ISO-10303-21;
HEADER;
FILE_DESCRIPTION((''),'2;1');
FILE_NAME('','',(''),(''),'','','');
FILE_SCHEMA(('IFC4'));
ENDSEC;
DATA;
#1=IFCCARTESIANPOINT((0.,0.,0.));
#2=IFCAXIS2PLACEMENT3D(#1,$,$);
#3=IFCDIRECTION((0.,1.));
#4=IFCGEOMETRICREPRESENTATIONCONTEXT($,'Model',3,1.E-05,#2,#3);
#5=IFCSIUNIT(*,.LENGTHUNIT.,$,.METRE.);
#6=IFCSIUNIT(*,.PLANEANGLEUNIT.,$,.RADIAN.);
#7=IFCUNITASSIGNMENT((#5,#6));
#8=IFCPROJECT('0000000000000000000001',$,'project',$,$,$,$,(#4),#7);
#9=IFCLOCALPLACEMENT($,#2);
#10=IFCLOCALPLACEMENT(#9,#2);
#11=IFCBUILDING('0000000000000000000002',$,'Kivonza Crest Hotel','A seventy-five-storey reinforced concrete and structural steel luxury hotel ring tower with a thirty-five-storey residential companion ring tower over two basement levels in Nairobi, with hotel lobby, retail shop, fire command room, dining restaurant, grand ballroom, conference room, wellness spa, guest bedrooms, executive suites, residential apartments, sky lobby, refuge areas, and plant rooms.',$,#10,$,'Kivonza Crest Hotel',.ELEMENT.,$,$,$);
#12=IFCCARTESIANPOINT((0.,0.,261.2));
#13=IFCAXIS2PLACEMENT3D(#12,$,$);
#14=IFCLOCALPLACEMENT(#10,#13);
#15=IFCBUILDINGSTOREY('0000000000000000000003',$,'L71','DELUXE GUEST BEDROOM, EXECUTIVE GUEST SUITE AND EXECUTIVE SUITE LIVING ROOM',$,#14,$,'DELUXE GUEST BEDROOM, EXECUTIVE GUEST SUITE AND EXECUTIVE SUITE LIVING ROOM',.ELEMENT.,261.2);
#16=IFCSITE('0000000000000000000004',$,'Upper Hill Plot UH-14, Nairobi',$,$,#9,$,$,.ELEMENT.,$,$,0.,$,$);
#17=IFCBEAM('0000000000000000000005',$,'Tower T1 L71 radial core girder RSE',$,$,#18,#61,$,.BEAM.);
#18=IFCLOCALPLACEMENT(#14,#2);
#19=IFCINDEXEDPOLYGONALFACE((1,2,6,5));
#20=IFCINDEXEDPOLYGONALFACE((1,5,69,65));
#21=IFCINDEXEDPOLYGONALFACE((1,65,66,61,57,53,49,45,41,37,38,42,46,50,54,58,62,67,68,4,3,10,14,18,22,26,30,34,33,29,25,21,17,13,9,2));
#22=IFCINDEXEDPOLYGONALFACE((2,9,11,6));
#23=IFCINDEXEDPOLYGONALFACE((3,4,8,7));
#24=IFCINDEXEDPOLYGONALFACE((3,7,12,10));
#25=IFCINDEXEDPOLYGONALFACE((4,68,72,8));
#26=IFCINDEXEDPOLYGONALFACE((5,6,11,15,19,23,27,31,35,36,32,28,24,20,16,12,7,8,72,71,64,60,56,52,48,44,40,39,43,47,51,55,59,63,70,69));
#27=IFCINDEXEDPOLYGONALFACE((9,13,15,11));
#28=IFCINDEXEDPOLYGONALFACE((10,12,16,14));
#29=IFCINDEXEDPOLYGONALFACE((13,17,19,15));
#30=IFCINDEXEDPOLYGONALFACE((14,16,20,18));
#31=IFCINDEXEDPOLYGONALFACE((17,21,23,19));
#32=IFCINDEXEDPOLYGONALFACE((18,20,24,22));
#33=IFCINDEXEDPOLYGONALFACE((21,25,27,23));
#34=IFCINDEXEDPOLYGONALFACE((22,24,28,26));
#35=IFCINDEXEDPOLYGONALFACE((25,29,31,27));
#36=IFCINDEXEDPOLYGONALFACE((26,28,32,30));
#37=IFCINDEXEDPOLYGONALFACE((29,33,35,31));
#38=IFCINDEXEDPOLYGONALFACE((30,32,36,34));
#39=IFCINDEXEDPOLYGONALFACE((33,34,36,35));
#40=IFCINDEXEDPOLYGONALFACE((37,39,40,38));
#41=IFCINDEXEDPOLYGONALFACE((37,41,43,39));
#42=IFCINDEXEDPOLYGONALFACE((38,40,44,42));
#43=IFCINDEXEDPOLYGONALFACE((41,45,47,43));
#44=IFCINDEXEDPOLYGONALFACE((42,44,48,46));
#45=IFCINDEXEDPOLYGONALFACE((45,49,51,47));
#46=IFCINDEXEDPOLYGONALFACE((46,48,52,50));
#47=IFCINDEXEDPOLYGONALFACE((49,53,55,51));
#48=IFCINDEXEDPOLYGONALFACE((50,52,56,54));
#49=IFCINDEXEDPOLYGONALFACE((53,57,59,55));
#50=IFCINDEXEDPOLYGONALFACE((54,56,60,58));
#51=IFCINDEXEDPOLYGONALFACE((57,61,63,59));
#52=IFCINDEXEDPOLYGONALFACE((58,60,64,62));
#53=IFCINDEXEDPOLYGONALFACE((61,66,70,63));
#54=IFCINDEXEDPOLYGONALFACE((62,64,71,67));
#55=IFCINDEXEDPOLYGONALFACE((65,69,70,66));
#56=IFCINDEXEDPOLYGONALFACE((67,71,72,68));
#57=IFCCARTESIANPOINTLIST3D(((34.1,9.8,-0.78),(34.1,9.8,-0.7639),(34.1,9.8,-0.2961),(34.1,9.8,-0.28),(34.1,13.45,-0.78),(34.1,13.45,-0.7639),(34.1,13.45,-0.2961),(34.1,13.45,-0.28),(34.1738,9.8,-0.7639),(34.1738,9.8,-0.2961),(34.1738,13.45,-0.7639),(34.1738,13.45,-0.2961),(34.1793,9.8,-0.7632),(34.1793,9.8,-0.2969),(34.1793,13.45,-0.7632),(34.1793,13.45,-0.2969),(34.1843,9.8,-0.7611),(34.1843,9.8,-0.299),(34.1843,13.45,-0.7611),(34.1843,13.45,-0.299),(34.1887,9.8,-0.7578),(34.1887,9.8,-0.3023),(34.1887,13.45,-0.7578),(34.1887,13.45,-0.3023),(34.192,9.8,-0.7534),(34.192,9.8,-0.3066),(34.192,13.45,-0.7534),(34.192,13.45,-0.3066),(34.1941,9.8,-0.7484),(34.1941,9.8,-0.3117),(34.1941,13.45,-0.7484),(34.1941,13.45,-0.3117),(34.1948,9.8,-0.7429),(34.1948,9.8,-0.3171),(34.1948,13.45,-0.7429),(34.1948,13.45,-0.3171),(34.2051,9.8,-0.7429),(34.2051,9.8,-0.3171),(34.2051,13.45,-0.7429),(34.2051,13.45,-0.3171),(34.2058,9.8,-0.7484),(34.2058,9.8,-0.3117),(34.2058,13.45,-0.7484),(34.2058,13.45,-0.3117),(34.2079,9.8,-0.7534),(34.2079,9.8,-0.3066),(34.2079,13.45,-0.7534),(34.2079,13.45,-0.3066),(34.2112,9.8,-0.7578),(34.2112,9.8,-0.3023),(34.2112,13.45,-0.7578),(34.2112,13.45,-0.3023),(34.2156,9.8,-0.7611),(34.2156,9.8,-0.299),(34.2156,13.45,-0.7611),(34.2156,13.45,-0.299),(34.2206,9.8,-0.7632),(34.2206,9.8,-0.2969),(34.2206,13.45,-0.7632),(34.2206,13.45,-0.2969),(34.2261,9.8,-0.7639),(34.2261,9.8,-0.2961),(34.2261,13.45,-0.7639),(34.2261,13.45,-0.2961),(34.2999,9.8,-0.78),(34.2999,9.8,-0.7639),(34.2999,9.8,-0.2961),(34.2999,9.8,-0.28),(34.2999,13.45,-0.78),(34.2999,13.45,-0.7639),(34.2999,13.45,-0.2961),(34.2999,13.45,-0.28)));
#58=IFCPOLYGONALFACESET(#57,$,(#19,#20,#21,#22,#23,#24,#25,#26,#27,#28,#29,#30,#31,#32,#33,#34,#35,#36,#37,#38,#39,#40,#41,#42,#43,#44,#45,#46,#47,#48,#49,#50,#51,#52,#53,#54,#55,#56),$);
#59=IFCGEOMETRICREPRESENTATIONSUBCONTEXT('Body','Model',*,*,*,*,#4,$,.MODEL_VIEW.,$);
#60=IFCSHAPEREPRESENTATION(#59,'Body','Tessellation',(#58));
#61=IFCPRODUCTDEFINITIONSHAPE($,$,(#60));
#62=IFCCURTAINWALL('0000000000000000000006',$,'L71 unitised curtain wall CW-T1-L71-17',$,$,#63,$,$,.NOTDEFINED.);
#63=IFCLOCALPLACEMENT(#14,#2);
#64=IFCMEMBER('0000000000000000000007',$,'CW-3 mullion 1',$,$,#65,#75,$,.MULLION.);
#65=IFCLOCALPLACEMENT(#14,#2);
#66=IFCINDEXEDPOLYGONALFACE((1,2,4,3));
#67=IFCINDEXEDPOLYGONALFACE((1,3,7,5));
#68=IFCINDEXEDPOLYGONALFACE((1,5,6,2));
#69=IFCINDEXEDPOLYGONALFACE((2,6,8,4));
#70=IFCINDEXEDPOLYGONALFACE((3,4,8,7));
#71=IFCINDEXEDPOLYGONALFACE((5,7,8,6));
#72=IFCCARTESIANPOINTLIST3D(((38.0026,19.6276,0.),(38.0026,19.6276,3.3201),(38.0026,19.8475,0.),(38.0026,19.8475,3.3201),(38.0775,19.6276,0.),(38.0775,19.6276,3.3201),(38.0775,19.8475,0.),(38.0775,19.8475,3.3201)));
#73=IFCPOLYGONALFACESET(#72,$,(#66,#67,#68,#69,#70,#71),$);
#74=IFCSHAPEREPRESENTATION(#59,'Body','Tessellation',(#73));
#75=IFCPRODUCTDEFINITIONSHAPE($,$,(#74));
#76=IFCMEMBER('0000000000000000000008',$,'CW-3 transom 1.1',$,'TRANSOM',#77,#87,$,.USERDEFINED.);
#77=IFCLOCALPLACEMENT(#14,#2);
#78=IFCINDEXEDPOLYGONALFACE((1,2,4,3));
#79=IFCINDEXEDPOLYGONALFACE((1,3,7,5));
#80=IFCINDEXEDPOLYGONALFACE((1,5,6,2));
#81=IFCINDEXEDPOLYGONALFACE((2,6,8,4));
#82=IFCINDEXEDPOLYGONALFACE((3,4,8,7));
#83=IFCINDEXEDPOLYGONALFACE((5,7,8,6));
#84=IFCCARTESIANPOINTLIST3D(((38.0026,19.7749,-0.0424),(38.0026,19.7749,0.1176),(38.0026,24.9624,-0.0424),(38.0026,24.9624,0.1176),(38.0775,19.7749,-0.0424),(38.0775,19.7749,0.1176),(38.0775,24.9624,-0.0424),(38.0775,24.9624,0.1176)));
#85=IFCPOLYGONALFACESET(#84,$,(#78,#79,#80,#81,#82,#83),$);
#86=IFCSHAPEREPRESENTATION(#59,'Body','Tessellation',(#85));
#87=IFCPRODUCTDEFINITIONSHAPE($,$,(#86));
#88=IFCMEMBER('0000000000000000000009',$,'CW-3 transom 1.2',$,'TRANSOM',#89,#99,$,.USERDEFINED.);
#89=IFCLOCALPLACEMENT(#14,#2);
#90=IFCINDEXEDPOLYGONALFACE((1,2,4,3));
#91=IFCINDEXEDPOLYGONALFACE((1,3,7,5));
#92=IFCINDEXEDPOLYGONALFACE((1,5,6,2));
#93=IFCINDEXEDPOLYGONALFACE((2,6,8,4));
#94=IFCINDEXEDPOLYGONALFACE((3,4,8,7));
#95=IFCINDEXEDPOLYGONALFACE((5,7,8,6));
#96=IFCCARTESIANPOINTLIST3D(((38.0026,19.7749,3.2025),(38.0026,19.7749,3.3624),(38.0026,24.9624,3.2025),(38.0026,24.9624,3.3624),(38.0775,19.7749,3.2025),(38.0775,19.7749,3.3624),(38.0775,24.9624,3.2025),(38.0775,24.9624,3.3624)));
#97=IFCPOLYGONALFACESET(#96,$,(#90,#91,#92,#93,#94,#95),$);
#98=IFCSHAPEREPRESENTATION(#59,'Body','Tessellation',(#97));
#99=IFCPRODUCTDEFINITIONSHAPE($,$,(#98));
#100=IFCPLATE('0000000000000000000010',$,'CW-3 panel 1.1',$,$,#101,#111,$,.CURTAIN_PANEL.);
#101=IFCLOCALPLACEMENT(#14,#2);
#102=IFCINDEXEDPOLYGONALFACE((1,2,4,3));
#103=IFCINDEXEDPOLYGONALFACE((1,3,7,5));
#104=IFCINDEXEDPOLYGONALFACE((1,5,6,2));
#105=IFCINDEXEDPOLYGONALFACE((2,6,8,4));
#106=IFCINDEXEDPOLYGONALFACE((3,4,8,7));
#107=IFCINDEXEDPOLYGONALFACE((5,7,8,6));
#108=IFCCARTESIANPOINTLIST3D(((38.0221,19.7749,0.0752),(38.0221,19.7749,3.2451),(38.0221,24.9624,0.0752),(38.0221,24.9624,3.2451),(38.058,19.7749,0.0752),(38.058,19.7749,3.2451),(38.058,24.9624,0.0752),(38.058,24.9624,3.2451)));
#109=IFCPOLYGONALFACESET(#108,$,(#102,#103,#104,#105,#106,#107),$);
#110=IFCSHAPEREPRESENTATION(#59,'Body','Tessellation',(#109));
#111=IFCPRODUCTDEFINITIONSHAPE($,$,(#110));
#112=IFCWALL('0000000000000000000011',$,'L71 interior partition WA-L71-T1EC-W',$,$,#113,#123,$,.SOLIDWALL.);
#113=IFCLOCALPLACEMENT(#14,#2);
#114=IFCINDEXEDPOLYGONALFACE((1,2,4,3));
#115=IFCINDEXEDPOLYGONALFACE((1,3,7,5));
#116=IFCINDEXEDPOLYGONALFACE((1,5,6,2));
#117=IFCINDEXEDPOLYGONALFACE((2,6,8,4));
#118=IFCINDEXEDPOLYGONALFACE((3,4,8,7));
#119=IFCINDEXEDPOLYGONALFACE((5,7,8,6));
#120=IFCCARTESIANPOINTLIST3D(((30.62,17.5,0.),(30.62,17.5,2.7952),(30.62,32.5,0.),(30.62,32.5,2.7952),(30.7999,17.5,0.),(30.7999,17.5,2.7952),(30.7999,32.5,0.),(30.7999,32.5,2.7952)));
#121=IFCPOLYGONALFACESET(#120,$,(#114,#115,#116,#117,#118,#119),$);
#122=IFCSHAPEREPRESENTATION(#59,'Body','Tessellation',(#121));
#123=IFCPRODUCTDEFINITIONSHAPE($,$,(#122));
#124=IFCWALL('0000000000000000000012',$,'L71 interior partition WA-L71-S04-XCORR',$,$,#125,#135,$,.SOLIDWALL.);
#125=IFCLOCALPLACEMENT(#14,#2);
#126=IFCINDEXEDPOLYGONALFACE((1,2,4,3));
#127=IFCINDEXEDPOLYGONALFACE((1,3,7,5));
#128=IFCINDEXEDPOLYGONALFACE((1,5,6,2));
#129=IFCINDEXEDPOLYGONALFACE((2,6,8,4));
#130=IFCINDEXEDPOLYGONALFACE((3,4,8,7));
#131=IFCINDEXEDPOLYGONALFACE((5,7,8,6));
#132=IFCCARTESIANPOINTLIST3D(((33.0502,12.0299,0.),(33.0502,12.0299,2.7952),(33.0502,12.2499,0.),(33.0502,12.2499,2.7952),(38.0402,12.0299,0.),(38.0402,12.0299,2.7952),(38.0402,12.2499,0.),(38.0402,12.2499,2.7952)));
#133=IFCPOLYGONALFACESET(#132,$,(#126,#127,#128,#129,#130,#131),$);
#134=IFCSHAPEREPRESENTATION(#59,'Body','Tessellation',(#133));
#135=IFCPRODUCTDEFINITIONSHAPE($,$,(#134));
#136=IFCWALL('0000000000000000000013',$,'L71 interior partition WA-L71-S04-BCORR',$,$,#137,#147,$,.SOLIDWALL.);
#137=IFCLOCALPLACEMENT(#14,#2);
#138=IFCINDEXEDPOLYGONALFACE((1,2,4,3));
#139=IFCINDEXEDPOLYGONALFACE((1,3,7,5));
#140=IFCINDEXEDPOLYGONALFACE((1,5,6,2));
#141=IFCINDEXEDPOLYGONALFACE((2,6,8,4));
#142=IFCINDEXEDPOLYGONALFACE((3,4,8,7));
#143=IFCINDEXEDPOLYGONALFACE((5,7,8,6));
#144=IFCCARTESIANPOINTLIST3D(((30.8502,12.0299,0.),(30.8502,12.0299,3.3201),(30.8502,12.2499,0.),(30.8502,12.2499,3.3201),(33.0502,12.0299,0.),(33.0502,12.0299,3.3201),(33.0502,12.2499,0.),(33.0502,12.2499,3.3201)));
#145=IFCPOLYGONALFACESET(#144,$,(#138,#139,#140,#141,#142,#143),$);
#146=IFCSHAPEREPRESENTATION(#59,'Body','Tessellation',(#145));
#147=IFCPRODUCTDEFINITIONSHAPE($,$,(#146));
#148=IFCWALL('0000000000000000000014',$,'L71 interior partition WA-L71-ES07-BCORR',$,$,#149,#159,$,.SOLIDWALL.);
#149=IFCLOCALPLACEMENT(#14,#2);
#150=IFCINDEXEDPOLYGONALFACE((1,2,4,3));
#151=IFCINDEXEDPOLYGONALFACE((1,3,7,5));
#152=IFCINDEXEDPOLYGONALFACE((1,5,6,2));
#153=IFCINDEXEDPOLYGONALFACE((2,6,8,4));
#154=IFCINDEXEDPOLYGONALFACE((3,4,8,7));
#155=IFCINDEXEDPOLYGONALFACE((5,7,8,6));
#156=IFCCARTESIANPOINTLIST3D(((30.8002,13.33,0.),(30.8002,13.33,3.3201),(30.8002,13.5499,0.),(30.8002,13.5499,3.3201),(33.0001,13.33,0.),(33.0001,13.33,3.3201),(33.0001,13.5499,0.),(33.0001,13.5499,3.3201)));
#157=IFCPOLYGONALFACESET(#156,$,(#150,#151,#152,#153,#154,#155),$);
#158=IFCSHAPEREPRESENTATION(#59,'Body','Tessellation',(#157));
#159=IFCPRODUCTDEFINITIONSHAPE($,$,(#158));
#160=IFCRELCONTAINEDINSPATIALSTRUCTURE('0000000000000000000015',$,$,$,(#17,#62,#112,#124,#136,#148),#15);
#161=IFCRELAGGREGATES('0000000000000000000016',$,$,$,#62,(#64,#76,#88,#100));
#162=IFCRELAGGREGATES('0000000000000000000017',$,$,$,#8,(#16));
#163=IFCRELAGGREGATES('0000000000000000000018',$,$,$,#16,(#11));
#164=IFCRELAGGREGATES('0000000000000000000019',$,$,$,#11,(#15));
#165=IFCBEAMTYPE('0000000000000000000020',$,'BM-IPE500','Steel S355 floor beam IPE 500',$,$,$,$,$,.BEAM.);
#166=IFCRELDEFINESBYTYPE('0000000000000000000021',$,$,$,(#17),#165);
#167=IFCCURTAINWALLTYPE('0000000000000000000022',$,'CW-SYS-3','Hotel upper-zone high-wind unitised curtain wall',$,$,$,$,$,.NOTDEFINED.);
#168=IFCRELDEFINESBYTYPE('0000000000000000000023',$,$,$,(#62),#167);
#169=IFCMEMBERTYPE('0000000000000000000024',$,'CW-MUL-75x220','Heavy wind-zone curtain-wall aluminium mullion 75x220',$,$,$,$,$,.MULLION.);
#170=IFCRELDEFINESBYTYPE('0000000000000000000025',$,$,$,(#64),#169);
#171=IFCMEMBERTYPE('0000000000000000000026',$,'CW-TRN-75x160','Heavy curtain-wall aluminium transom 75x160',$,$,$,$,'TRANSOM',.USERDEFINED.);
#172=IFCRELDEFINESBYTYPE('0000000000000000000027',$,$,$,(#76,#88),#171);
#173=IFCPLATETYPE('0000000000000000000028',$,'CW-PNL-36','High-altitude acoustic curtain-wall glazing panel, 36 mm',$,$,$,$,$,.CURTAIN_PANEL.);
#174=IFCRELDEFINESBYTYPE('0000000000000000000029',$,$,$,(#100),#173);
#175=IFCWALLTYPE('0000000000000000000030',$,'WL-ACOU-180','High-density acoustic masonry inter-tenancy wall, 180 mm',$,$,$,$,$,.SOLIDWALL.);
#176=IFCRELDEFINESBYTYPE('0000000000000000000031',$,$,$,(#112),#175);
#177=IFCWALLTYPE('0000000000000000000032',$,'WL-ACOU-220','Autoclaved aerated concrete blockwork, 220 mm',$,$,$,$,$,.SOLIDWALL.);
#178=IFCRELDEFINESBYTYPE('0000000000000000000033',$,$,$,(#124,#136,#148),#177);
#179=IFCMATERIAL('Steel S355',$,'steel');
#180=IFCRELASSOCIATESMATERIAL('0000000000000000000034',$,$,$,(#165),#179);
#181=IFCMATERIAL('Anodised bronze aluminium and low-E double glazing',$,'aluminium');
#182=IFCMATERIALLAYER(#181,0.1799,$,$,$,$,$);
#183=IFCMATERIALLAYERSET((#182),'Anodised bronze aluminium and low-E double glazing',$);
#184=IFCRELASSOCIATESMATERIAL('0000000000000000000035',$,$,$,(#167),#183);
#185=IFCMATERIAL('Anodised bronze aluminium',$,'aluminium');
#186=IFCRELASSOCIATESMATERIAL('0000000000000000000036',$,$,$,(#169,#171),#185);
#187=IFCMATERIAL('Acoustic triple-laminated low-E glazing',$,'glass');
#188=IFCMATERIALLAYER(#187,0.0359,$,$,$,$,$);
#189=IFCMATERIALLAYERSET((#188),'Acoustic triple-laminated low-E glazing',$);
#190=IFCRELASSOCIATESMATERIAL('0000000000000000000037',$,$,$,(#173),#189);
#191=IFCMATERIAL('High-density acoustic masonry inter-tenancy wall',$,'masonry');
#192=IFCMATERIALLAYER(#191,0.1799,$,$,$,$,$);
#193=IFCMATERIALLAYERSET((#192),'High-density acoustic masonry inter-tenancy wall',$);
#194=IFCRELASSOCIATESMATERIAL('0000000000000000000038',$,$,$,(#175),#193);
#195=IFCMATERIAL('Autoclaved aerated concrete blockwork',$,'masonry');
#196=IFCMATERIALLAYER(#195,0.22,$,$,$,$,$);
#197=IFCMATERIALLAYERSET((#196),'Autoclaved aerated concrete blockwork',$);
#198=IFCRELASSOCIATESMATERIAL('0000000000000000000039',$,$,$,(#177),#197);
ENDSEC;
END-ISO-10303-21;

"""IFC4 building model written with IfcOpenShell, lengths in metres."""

from ifc_helpers import new_model, si_unit, direction, frame, frame_2d, origin, origin_2d, place, context, subcontext, project, spatial, rectangle, i_section, extrude, material, layer, layer_set, material_profile, profile_set, type_object, element, aggregate, save


model = new_model("IFC4")

# Units and contexts
model_context = context("Model", 3, precision=1e-05, world=origin(), true_north=direction((0.0, 1.0)))
body_context = subcontext(model_context, "Body", "Model", "MODEL_VIEW")
ifc_project = project(units=[si_unit("LENGTHUNIT", "METRE"), si_unit("PLANEANGLEUNIT", "RADIAN")], contexts=[model_context])

# Site, building, storey
site_placement = place(None, origin())
site = spatial("IfcSite", under=ifc_project, at=site_placement, Name="Upper Hill Plot UH-14, Nairobi", CompositionType="ELEMENT", RefElevation=0.0)
building_placement = place(site_placement, origin())
building = spatial("IfcBuilding", under=site, at=building_placement, Name="Kivonza Crest Hotel", Description="A seventy-five-storey reinforced concrete and structural steel luxury hotel ring tower with a thirty-five-storey residential companion ring tower over two basement levels in Nairobi, with hotel lobby, retail shop, fire command room, dining restaurant, grand ballroom, conference room, wellness spa, guest bedrooms, executive suites, residential apartments, sky lobby, refuge areas, and plant rooms.", LongName="Kivonza Crest Hotel", CompositionType="ELEMENT")
storey_placement = place(building_placement, frame((0.0, 0.0, 261.2)))
storey = spatial("IfcBuildingStorey", under=building, at=storey_placement, Name="L71", Description="DELUXE GUEST BEDROOM, EXECUTIVE GUEST SUITE AND EXECUTIVE SUITE LIVING ROOM", LongName="DELUXE GUEST BEDROOM, EXECUTIVE GUEST SUITE AND EXECUTIVE SUITE LIVING ROOM", CompositionType="ELEMENT", Elevation=261.2)

# Beam
ifc_material_1 = material(Name="Steel S355", Category="steel")
ifc_material_profile_1 = material_profile(ifc_material_1, i_section(OverallWidth=0.2, OverallDepth=0.5, WebThickness=0.0103, FlangeThickness=0.0161, FilletRadius=0.021, at=origin_2d()), Name="IPE 500")
ifc_profile_set_1 = profile_set([ifc_material_profile_1], Name="Steel S355")
beam_type_1 = type_object("IfcBeamType", Name="BM-IPE500", Description="Steel S355 floor beam IPE 500", PredefinedType="BEAM", material=ifc_profile_set_1)
beam_1_placement = place(storey_placement, frame((34.2, 9.8, -0.53), z_axis=(0.0, 1.0, 0.0), x_axis=(-1.0, 0.0, 0.0)))
element("IfcBeam", 1, at=beam_1_placement, inside=storey, type_object=beam_type_1, Name="Tower T1 L71 radial core girder RSE", PredefinedType="BEAM", context=body_context, shape_type="SweptSolid", body=[
    extrude(i_section(OverallWidth=0.2, OverallDepth=0.5, WebThickness=0.0103, FlangeThickness=0.0161, FilletRadius=0.021, at=origin_2d()), origin(), (0.0, 0.0, 1.0), 3.6499),
])

# Curtain wall, members, plate
ifc_material_2 = material(Name="Anodised bronze aluminium and low-E double glazing", Category="aluminium")
ifc_layer_1 = layer(ifc_material_2, 0.1799)
ifc_layer_set_1 = layer_set([ifc_layer_1], Name="Anodised bronze aluminium and low-E double glazing")
curtain_wall_type = type_object("IfcCurtainWallType", Name="CW-SYS-3", Description="Hotel upper-zone high-wind unitised curtain wall", PredefinedType="NOTDEFINED", material=ifc_layer_set_1)
curtain_wall_placement = place(storey_placement, origin())
curtain_wall = element("IfcCurtainWall", 2, at=curtain_wall_placement, inside=storey, type_object=curtain_wall_type, Name="L71 unitised curtain wall CW-T1-L71-17", PredefinedType="NOTDEFINED")
ifc_material_3 = material(Name="Anodised bronze aluminium", Category="aluminium")
ifc_material_profile_2 = material_profile(ifc_material_3, rectangle(XDim=0.075, YDim=0.22, at=origin_2d()), Name="CW-M 75x220")
ifc_profile_set_2 = profile_set([ifc_material_profile_2], Name="Anodised bronze aluminium")
member_type_1 = type_object("IfcMemberType", Name="CW-MUL-75x220", Description="Heavy wind-zone curtain-wall aluminium mullion 75x220", PredefinedType="MULLION", material=ifc_profile_set_2)
member_1_placement = place(storey_placement, frame((38.04, 19.7375, 0.0), z_axis=(0.0, 0.0, 1.0), x_axis=(-1.0, 0.0, 0.0)))
member_1 = element("IfcMember", 3, at=member_1_placement, type_object=member_type_1, Name="CW-3 mullion 1", PredefinedType="MULLION", context=body_context, shape_type="SweptSolid", body=[
    extrude(rectangle(XDim=0.075, YDim=0.22, at=origin_2d()), origin(), (0.0, 0.0, 1.0), 3.3201),
])
ifc_material_profile_3 = material_profile(ifc_material_3, rectangle(XDim=0.075, YDim=0.1599, at=origin_2d()), Name="CW-T 75x160")
ifc_profile_set_3 = profile_set([ifc_material_profile_3], Name="Anodised bronze aluminium")
member_type_2 = type_object("IfcMemberType", Name="CW-TRN-75x160", Description="Heavy curtain-wall aluminium transom 75x160", ElementType="TRANSOM", PredefinedType="USERDEFINED", material=ifc_profile_set_3)
member_2_placement = place(storey_placement, frame((38.04, 19.7749, 0.0376), z_axis=(0.0, 1.0, 0.0), x_axis=(-1.0, 0.0, 0.0)))
member_2 = element("IfcMember", 4, at=member_2_placement, type_object=member_type_2, Name="CW-3 transom 1.1", ObjectType="TRANSOM", PredefinedType="USERDEFINED", context=body_context, shape_type="SweptSolid", body=[
    extrude(rectangle(XDim=0.075, YDim=0.1599, at=origin_2d()), origin(), (0.0, 0.0, 1.0), 5.1875),
])
member_3_placement = place(storey_placement, frame((38.04, 19.7749, 3.2825), z_axis=(0.0, 1.0, 0.0), x_axis=(-1.0, 0.0, 0.0)))
member_3 = element("IfcMember", 5, at=member_3_placement, type_object=member_type_2, Name="CW-3 transom 1.2", ObjectType="TRANSOM", PredefinedType="USERDEFINED", context=body_context, shape_type="SweptSolid", body=[
    extrude(rectangle(XDim=0.075, YDim=0.1599, at=origin_2d()), origin(), (0.0, 0.0, 1.0), 5.1875),
])
ifc_material_4 = material(Name="Acoustic triple-laminated low-E glazing", Category="glass")
ifc_layer_2 = layer(ifc_material_4, 0.0359)
ifc_layer_set_2 = layer_set([ifc_layer_2], Name="Acoustic triple-laminated low-E glazing")
plate_type = type_object("IfcPlateType", Name="CW-PNL-36", Description="High-altitude acoustic curtain-wall glazing panel, 36 mm", PredefinedType="CURTAIN_PANEL", material=ifc_layer_set_2)
plate_placement = place(storey_placement, frame((38.04, 22.3687, 0.0752), z_axis=(0.0, 0.0, 1.0), x_axis=(0.0, 1.0, 0.0)))
plate = element("IfcPlate", 6, at=plate_placement, type_object=plate_type, Name="CW-3 panel 1.1", PredefinedType="CURTAIN_PANEL", context=body_context, shape_type="SweptSolid", body=[
    extrude(rectangle(XDim=5.1875, YDim=0.0359, at=origin_2d()), origin(), (0.0, 0.0, 1.0), 3.1699),
])
aggregate(curtain_wall, [member_1, member_2, member_3, plate])

# Walls
ifc_material_5 = material(Name="High-density acoustic masonry inter-tenancy wall", Category="masonry")
ifc_layer_3 = layer(ifc_material_5, 0.1799)
ifc_layer_set_3 = layer_set([ifc_layer_3], Name="High-density acoustic masonry inter-tenancy wall")
wall_type_1 = type_object("IfcWallType", Name="WL-ACOU-180", Description="High-density acoustic masonry inter-tenancy wall, 180 mm", PredefinedType="SOLIDWALL", material=ifc_layer_set_3)
wall_1_placement = place(storey_placement, frame((30.71, 17.5, 0.0), z_axis=(0.0, 0.0, 1.0), x_axis=(0.0, 1.0, 0.0)))
element("IfcWall", 7, at=wall_1_placement, inside=storey, type_object=wall_type_1, Name="L71 interior partition WA-L71-T1EC-W", PredefinedType="SOLIDWALL", context=body_context, shape_type="SweptSolid", body=[
    extrude(rectangle(XDim=15.0, YDim=0.1799, at=frame_2d((7.5, 0.0))), origin(), (0.0, 0.0, 1.0), 2.7952),
])
ifc_material_6 = material(Name="Autoclaved aerated concrete blockwork", Category="masonry")
ifc_layer_4 = layer(ifc_material_6, 0.22)
ifc_layer_set_4 = layer_set([ifc_layer_4], Name="Autoclaved aerated concrete blockwork")
wall_type_2 = type_object("IfcWallType", Name="WL-ACOU-220", Description="Autoclaved aerated concrete blockwork, 220 mm", PredefinedType="SOLIDWALL", material=ifc_layer_set_4)
wall_2_placement = place(storey_placement, frame((33.05, 12.1399, 0.0), z_axis=(0.0, 0.0, 1.0), x_axis=(1.0, 0.0, 0.0)))
element("IfcWall", 8, at=wall_2_placement, inside=storey, type_object=wall_type_2, Name="L71 interior partition WA-L71-S04-XCORR", PredefinedType="SOLIDWALL", context=body_context, shape_type="SweptSolid", body=[
    extrude(rectangle(XDim=4.99, YDim=0.22, at=frame_2d((2.4951, 0.0))), origin(), (0.0, 0.0, 1.0), 2.7952),
])
for number, where, z_axis, x_axis, name in (
    (9, (30.8501, 12.1399, 0.0), (0.0, 0.0, 1.0), (1.0, 0.0, 0.0), "L71 interior partition WA-L71-S04-BCORR"),
    (10, (30.8, 13.4399, 0.0), (0.0, 0.0, 1.0), (1.0, 0.0, 0.0), "L71 interior partition WA-L71-ES07-BCORR"),
):
    element("IfcWall", number, at=place(storey_placement, frame(where, z_axis=z_axis, x_axis=x_axis)), inside=storey, type_object=wall_type_2, Name=name, PredefinedType="SOLIDWALL", context=body_context, shape_type="SweptSolid", body=[
        extrude(rectangle(XDim=2.2, YDim=0.22, at=frame_2d((1.1001, 0.0))), origin(), (0.0, 0.0, 1.0), 3.3201),
    ])

save(model, "model.ifc")
